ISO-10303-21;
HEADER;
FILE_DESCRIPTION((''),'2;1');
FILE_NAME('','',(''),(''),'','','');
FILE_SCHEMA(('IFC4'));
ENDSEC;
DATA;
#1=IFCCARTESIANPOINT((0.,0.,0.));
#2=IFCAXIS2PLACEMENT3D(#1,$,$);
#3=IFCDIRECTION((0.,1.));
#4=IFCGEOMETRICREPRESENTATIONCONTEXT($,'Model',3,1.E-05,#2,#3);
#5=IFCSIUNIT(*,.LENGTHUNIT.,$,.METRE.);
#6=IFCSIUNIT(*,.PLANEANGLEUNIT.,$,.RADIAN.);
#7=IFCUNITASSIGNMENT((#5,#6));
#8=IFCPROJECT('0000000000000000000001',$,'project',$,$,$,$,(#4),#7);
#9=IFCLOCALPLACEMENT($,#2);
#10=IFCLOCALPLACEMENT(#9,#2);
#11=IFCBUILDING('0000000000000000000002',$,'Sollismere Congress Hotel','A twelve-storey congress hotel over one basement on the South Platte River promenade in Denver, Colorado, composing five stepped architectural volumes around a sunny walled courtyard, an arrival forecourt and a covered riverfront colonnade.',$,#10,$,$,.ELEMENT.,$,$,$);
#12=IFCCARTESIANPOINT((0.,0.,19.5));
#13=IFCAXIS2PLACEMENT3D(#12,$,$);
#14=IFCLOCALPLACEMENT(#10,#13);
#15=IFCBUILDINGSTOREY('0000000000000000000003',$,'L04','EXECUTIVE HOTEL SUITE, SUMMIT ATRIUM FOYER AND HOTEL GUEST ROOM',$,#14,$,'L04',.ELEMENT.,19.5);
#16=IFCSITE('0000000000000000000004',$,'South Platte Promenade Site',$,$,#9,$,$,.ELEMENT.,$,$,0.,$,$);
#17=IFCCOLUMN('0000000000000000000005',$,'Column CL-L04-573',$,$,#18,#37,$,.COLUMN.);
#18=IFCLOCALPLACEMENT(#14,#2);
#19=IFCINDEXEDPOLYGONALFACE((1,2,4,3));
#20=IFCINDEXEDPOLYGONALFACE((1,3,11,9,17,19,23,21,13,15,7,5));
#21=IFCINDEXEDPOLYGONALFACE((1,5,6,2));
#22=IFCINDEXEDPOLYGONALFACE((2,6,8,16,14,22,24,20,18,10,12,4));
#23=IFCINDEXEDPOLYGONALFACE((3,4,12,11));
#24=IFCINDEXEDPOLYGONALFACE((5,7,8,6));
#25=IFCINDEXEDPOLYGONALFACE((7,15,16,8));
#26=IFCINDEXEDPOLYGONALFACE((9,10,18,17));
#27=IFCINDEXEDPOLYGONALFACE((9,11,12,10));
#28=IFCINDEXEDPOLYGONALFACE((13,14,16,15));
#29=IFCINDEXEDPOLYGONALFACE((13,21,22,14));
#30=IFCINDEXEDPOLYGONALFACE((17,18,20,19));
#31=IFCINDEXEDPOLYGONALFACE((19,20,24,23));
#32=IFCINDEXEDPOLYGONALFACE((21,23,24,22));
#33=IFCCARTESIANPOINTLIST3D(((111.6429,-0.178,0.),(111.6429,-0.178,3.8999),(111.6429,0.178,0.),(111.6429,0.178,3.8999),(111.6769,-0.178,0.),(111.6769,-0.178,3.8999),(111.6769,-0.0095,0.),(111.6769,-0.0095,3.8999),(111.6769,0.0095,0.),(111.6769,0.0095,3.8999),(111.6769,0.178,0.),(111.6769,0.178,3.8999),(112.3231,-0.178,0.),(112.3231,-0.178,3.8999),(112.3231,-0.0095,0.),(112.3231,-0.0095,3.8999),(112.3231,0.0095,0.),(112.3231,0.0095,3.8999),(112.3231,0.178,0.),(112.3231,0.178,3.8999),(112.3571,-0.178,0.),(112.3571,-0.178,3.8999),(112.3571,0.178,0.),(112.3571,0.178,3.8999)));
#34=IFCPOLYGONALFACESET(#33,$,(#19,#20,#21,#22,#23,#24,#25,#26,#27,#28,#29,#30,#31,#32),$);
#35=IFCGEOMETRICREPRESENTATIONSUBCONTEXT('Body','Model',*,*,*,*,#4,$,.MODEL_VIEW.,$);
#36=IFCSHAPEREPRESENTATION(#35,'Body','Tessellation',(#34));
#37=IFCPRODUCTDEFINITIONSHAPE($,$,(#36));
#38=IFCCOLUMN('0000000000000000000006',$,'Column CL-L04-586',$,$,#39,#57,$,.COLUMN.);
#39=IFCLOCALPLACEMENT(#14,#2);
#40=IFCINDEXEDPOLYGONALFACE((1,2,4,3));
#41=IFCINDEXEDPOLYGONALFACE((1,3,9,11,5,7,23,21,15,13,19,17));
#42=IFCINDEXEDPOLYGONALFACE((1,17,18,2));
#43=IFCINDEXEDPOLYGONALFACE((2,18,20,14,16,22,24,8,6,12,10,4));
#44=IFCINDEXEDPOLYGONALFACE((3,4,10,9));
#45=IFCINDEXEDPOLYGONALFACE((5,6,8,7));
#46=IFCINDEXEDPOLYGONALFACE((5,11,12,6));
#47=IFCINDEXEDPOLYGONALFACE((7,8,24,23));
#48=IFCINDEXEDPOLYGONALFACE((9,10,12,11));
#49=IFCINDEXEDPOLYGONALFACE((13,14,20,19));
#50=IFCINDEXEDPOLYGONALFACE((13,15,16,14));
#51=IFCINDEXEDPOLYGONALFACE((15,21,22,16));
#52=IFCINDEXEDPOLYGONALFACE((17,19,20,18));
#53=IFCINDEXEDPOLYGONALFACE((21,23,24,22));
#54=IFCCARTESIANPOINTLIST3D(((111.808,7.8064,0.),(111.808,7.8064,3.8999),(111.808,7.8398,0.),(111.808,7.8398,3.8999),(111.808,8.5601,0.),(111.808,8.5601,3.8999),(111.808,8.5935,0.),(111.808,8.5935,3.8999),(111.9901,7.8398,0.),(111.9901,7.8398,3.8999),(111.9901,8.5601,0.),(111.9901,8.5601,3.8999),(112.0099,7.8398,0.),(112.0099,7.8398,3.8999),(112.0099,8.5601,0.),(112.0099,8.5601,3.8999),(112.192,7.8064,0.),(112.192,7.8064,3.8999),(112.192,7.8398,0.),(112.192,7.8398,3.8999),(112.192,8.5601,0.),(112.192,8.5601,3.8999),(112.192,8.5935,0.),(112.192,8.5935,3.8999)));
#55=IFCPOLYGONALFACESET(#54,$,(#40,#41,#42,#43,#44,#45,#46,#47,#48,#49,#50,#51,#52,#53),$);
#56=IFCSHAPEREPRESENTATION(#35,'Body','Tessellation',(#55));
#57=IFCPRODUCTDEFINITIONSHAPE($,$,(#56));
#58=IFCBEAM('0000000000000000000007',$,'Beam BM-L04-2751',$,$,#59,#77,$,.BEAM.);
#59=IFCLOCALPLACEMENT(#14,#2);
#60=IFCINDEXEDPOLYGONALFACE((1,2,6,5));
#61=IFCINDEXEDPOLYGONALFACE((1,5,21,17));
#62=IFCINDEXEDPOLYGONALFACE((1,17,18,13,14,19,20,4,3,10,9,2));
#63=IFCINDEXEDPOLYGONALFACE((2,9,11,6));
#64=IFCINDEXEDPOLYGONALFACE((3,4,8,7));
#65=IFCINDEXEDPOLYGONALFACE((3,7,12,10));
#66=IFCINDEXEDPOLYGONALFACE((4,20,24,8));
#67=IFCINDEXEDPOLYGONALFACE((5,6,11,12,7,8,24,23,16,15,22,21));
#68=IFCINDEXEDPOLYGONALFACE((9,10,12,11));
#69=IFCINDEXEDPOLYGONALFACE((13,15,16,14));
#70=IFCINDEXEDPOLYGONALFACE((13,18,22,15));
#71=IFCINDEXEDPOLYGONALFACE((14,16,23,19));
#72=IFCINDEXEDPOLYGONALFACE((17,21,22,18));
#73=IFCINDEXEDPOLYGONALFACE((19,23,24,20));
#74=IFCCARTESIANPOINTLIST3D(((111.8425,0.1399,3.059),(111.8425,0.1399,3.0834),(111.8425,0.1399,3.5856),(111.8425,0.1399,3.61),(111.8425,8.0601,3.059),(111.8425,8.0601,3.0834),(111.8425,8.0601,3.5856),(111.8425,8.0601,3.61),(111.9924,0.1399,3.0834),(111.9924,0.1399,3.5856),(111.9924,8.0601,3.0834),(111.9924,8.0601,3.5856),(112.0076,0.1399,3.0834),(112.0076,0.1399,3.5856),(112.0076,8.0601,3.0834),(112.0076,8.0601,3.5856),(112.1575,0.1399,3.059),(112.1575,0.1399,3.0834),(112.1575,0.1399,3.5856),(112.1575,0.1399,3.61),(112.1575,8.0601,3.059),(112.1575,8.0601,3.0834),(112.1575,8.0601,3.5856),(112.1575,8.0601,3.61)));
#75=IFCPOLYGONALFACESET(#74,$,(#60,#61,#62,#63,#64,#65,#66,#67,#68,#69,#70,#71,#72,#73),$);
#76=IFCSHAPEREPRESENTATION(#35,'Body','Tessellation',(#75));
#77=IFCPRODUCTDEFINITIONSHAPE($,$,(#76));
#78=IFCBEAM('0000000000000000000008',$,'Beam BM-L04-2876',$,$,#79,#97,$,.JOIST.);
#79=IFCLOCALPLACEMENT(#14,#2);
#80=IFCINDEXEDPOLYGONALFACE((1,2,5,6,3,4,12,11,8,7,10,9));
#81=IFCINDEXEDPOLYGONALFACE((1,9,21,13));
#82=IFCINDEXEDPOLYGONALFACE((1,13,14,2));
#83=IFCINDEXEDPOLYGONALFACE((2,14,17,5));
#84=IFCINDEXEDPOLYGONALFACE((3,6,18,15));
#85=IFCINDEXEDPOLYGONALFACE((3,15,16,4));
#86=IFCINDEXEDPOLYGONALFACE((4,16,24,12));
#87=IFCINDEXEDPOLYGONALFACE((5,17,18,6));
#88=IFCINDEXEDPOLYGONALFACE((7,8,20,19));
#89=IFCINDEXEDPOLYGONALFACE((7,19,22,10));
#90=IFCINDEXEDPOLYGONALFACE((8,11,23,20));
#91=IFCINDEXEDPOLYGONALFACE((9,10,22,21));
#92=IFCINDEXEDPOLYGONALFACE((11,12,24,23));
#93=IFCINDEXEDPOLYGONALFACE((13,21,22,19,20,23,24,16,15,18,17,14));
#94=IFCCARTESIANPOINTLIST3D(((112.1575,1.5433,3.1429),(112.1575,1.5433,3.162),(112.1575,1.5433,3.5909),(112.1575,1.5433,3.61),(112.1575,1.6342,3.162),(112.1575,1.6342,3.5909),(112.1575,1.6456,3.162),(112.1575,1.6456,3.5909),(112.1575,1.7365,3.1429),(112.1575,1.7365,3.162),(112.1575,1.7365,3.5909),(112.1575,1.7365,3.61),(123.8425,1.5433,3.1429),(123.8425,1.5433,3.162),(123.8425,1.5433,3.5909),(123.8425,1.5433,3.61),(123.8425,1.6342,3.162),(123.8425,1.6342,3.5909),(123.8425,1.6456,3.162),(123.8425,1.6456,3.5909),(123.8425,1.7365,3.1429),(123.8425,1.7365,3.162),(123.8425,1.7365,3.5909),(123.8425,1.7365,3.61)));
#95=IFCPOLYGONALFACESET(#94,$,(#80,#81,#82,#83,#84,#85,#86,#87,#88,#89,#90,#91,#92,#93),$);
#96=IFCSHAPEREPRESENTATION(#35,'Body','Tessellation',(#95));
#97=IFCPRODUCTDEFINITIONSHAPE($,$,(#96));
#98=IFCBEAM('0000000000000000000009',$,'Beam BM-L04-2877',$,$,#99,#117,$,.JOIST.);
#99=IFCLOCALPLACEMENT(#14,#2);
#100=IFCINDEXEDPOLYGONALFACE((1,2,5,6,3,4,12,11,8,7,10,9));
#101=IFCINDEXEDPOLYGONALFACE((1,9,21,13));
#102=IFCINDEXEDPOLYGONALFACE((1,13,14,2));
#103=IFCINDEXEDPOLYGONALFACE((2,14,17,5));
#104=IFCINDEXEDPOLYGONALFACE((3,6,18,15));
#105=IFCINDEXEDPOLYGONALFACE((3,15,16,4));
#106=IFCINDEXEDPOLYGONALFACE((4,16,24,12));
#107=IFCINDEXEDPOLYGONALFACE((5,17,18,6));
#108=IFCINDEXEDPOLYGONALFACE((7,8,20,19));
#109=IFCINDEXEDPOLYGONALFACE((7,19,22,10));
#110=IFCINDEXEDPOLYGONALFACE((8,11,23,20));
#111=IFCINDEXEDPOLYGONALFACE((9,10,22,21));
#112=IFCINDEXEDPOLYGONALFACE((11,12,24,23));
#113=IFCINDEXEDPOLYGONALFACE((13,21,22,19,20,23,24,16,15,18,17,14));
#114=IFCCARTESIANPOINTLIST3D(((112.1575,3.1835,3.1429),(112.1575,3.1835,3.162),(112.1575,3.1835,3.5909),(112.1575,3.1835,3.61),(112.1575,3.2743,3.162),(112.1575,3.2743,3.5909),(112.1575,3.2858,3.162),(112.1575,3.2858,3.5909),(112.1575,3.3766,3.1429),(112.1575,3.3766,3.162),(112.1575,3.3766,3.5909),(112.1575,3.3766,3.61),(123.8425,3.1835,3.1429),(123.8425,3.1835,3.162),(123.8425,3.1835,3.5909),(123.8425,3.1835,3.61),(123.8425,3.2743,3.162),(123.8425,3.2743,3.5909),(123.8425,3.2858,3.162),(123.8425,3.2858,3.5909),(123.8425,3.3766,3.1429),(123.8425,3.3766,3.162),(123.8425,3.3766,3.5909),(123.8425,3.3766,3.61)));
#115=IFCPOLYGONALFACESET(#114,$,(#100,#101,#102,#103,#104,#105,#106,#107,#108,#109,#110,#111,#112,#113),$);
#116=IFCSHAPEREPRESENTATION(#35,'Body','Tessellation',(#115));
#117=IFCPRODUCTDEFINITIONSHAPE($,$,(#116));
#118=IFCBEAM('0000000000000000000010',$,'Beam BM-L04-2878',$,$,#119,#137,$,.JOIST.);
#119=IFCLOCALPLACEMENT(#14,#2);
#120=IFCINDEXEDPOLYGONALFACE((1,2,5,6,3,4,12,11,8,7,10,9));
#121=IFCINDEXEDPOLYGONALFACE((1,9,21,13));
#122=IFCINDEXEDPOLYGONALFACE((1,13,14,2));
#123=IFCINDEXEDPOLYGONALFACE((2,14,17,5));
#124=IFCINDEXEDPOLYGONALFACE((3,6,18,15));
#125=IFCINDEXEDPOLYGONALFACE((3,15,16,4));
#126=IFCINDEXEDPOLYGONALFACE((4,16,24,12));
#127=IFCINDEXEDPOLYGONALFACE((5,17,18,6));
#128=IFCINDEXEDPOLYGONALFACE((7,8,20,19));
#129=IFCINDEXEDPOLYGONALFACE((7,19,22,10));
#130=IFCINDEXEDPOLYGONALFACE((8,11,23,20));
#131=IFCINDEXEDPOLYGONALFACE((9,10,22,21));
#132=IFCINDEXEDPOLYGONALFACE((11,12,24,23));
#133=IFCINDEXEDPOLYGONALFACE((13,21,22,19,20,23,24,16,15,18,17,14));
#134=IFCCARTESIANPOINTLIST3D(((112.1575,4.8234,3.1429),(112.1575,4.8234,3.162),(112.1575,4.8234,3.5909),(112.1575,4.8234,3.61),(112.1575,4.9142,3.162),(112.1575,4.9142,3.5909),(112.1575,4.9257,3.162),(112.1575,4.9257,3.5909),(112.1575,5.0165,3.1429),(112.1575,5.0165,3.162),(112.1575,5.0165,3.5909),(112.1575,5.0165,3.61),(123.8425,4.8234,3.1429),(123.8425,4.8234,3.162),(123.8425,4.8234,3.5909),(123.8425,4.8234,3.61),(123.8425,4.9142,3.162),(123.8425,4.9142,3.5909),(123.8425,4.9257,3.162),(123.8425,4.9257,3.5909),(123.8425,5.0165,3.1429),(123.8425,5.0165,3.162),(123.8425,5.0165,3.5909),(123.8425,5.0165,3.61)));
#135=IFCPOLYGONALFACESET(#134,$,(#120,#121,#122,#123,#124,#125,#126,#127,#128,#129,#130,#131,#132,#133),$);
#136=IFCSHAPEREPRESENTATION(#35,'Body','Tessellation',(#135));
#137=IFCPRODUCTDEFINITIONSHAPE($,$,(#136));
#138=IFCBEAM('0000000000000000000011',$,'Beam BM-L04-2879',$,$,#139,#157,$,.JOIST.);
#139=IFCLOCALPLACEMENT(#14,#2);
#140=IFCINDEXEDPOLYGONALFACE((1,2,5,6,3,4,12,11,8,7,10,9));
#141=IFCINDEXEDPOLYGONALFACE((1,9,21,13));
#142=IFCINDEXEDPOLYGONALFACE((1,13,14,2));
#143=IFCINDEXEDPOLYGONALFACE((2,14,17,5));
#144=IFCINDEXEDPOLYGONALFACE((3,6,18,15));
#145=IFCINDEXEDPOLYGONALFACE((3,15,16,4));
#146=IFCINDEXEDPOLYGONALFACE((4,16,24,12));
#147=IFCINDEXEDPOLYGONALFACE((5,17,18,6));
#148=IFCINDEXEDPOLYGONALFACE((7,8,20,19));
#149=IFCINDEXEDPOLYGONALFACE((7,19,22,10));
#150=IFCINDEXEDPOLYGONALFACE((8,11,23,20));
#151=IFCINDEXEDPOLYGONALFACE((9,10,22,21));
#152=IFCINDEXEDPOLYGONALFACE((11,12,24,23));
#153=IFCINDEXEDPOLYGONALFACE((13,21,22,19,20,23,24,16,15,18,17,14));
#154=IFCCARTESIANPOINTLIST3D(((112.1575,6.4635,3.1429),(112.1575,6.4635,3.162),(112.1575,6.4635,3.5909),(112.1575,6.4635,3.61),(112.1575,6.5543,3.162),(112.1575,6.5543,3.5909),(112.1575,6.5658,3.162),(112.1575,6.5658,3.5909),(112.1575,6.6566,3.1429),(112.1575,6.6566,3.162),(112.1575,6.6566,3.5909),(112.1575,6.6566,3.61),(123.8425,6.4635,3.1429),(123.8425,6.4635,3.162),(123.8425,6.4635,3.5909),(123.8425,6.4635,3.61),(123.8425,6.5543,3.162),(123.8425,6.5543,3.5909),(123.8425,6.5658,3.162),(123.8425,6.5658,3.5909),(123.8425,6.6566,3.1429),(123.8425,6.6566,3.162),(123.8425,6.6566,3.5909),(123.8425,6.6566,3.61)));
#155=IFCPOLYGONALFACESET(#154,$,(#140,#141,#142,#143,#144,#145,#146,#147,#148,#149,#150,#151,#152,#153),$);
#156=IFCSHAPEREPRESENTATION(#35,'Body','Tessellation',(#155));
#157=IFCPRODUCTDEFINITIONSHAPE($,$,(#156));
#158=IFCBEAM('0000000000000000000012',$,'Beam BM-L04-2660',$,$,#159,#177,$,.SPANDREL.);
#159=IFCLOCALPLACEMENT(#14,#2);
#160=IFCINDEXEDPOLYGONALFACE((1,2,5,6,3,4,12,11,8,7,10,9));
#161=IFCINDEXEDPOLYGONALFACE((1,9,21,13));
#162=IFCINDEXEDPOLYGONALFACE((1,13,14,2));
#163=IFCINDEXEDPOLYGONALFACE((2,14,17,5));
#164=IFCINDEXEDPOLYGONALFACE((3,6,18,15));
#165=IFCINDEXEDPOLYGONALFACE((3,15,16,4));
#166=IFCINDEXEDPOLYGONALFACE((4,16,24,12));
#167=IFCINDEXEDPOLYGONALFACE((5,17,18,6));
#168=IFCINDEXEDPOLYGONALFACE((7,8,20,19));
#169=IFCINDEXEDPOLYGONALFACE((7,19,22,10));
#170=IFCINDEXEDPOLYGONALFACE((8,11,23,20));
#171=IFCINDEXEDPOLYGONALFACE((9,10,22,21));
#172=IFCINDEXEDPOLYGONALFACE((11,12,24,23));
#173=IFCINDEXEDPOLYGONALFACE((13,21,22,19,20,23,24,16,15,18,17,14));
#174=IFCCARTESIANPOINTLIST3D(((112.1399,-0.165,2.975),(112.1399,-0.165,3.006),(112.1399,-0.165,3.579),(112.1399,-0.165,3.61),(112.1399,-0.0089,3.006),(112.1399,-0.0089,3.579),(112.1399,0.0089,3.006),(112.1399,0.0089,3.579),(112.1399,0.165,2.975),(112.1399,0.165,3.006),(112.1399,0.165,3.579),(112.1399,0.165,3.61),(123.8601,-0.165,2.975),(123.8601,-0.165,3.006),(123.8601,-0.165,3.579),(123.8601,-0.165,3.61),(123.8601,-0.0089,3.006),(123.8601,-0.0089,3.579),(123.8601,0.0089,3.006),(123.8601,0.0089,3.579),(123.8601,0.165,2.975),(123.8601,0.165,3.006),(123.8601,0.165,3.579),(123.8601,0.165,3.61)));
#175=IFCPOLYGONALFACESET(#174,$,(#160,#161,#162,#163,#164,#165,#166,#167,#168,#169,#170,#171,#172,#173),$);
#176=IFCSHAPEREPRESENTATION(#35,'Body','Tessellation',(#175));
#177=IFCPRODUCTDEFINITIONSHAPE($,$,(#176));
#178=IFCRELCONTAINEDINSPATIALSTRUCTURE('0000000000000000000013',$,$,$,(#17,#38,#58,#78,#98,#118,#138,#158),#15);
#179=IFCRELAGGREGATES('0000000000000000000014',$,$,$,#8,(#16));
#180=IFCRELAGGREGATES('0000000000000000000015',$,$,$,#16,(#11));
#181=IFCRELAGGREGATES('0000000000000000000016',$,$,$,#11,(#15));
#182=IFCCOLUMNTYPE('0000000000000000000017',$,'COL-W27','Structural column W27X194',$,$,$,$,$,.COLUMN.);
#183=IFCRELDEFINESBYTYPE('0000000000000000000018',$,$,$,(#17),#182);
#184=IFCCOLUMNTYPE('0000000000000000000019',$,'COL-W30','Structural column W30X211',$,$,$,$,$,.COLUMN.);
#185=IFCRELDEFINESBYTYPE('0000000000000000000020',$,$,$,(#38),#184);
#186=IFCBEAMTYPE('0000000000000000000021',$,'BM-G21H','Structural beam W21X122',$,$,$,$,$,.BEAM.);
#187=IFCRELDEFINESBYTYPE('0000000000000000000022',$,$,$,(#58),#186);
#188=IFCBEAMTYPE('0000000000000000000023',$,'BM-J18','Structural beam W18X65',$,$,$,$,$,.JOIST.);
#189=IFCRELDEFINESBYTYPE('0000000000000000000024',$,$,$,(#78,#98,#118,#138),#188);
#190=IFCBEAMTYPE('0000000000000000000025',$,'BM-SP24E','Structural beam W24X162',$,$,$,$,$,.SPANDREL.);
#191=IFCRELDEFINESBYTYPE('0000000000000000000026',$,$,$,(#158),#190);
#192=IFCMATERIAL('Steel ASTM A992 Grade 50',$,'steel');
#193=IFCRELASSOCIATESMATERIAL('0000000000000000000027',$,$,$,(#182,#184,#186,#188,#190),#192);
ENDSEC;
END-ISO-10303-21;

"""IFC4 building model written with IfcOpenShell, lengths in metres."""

from ifc_helpers import new_model, si_unit, direction, frame, origin, origin_2d, place, context, subcontext, project, spatial, i_section, extrude, material, material_profile, profile_set, type_object, element, save


model = new_model("IFC4")

# Units and contexts
model_context = context("Model", 3, precision=1e-05, world=origin(), true_north=direction((0.0, 1.0)))
body_context = subcontext(model_context, "Body", "Model", "MODEL_VIEW")
ifc_project = project(units=[si_unit("LENGTHUNIT", "METRE"), si_unit("PLANEANGLEUNIT", "RADIAN")], contexts=[model_context])

# Site, building, storey
site_placement = place(None, origin())
site = spatial("IfcSite", under=ifc_project, at=site_placement, Name="South Platte Promenade Site", CompositionType="ELEMENT", RefElevation=0.0)
building_placement = place(site_placement, origin())
building = spatial("IfcBuilding", under=site, at=building_placement, Name="Sollismere Congress Hotel", Description="A twelve-storey congress hotel over one basement on the South Platte River promenade in Denver, Colorado, composing five stepped architectural volumes around a sunny walled courtyard, an arrival forecourt and a covered riverfront colonnade.", CompositionType="ELEMENT")
storey_placement = place(building_placement, frame((0.0, 0.0, 19.5)))
storey = spatial("IfcBuildingStorey", under=building, at=storey_placement, Name="L04", Description="EXECUTIVE HOTEL SUITE, SUMMIT ATRIUM FOYER AND HOTEL GUEST ROOM", LongName="L04", CompositionType="ELEMENT", Elevation=19.5)

# Columns
ifc_material_1 = material(Name="Steel ASTM A992 Grade 50", Category="steel")
ifc_material_profile_1 = material_profile(ifc_material_1, i_section(OverallWidth=0.356, OverallDepth=0.7141, WebThickness=0.019, FlangeThickness=0.0339, at=origin_2d()), Name="W27X194")
ifc_profile_set_1 = profile_set([ifc_material_profile_1], Name="Steel ASTM A992 Grade 50")
column_type_1 = type_object("IfcColumnType", Name="COL-W27", Description="Structural column W27X194", PredefinedType="COLUMN", material=ifc_profile_set_1)
column_1_placement = place(storey_placement, frame((112.0, 0.0, 0.0), z_axis=(0.0, 0.0, 1.0), x_axis=(0.0, 1.0, 0.0)))
element("IfcColumn", 1, at=column_1_placement, inside=storey, type_object=column_type_1, Name="Column CL-L04-573", PredefinedType="COLUMN", context=body_context, shape_type="SweptSolid", body=[
    extrude(i_section(OverallWidth=0.356, OverallDepth=0.7141, WebThickness=0.019, FlangeThickness=0.0339, at=origin_2d()), origin(), (0.0, 0.0, 1.0), 3.8999),
])
ifc_material_profile_2 = material_profile(ifc_material_1, i_section(OverallWidth=0.384, OverallDepth=0.7871, WebThickness=0.0198, FlangeThickness=0.0334, at=origin_2d()), Name="W30X211")
ifc_profile_set_2 = profile_set([ifc_material_profile_2], Name="Steel ASTM A992 Grade 50")
column_type_2 = type_object("IfcColumnType", Name="COL-W30", Description="Structural column W30X211", PredefinedType="COLUMN", material=ifc_profile_set_2)
column_2_placement = place(storey_placement, frame((112.0, 8.2, 0.0), z_axis=(0.0, 0.0, 1.0), x_axis=(1.0, 0.0, 0.0)))
element("IfcColumn", 2, at=column_2_placement, inside=storey, type_object=column_type_2, Name="Column CL-L04-586", PredefinedType="COLUMN", context=body_context, shape_type="SweptSolid", body=[
    extrude(i_section(OverallWidth=0.384, OverallDepth=0.7871, WebThickness=0.0198, FlangeThickness=0.0334, at=origin_2d()), origin(), (0.0, 0.0, 1.0), 3.8999),
])

# Beams
ifc_material_profile_3 = material_profile(ifc_material_1, i_section(OverallWidth=0.3149, OverallDepth=0.551, WebThickness=0.0151, FlangeThickness=0.0244, at=origin_2d()), Name="W21X122")
ifc_profile_set_3 = profile_set([ifc_material_profile_3], Name="Steel ASTM A992 Grade 50")
beam_type_1 = type_object("IfcBeamType", Name="BM-G21H", Description="Structural beam W21X122", PredefinedType="BEAM", material=ifc_profile_set_3)
beam_1_placement = place(storey_placement, frame((112.0, 0.1399, 3.3345), z_axis=(0.0, 1.0, 0.0), x_axis=(-1.0, 0.0, 0.0)))
element("IfcBeam", 3, at=beam_1_placement, inside=storey, type_object=beam_type_1, Name="Beam BM-L04-2751", PredefinedType="BEAM", context=body_context, shape_type="SweptSolid", body=[
    extrude(i_section(OverallWidth=0.3149, OverallDepth=0.551, WebThickness=0.0151, FlangeThickness=0.0244, at=origin_2d()), origin(), (0.0, 0.0, 1.0), 7.9202),
])
ifc_material_profile_4 = material_profile(ifc_material_1, i_section(OverallWidth=0.1931, OverallDepth=0.467, WebThickness=0.0115, FlangeThickness=0.019, at=origin_2d()), Name="W18X65")
ifc_profile_set_4 = profile_set([ifc_material_profile_4], Name="Steel ASTM A992 Grade 50")
beam_type_2 = type_object("IfcBeamType", Name="BM-J18", Description="Structural beam W18X65", PredefinedType="JOIST", material=ifc_profile_set_4)
for number, where, z_axis, x_axis, name in (
    (4, (112.1575, 1.6399, 3.3765), (1.0, 0.0, 0.0), (0.0, 1.0, 0.0), "Beam BM-L04-2876"),
    (5, (112.1575, 3.28, 3.3765), (1.0, 0.0, 0.0), (0.0, 1.0, 0.0), "Beam BM-L04-2877"),
    (6, (112.1575, 4.9199, 3.3765), (1.0, 0.0, 0.0), (0.0, 1.0, 0.0), "Beam BM-L04-2878"),
    (7, (112.1575, 6.5601, 3.3765), (1.0, 0.0, 0.0), (0.0, 1.0, 0.0), "Beam BM-L04-2879"),
):
    element("IfcBeam", number, at=place(storey_placement, frame(where, z_axis=z_axis, x_axis=x_axis)), inside=storey, type_object=beam_type_2, Name=name, PredefinedType="JOIST", context=body_context, shape_type="SweptSolid", body=[
        extrude(i_section(OverallWidth=0.1931, OverallDepth=0.467, WebThickness=0.0115, FlangeThickness=0.019, at=origin_2d()), origin(), (0.0, 0.0, 1.0), 11.6851),
    ])
ifc_material_profile_5 = material_profile(ifc_material_1, i_section(OverallWidth=0.3301, OverallDepth=0.635, WebThickness=0.0178, FlangeThickness=0.031, at=origin_2d()), Name="W24X162")
ifc_profile_set_5 = profile_set([ifc_material_profile_5], Name="Steel ASTM A992 Grade 50")
beam_type_3 = type_object("IfcBeamType", Name="BM-SP24E", Description="Structural beam W24X162", PredefinedType="SPANDREL", material=ifc_profile_set_5)
beam_2_placement = place(storey_placement, frame((112.1399, 0.0, 3.2925), z_axis=(1.0, 0.0, 0.0), x_axis=(0.0, 1.0, 0.0)))
element("IfcBeam", 8, at=beam_2_placement, inside=storey, type_object=beam_type_3, Name="Beam BM-L04-2660", PredefinedType="SPANDREL", context=body_context, shape_type="SweptSolid", body=[
    extrude(i_section(OverallWidth=0.3301, OverallDepth=0.635, WebThickness=0.0178, FlangeThickness=0.031, at=origin_2d()), origin(), (0.0, 0.0, 1.0), 11.7202),
])

save(model, "model.ifc")
